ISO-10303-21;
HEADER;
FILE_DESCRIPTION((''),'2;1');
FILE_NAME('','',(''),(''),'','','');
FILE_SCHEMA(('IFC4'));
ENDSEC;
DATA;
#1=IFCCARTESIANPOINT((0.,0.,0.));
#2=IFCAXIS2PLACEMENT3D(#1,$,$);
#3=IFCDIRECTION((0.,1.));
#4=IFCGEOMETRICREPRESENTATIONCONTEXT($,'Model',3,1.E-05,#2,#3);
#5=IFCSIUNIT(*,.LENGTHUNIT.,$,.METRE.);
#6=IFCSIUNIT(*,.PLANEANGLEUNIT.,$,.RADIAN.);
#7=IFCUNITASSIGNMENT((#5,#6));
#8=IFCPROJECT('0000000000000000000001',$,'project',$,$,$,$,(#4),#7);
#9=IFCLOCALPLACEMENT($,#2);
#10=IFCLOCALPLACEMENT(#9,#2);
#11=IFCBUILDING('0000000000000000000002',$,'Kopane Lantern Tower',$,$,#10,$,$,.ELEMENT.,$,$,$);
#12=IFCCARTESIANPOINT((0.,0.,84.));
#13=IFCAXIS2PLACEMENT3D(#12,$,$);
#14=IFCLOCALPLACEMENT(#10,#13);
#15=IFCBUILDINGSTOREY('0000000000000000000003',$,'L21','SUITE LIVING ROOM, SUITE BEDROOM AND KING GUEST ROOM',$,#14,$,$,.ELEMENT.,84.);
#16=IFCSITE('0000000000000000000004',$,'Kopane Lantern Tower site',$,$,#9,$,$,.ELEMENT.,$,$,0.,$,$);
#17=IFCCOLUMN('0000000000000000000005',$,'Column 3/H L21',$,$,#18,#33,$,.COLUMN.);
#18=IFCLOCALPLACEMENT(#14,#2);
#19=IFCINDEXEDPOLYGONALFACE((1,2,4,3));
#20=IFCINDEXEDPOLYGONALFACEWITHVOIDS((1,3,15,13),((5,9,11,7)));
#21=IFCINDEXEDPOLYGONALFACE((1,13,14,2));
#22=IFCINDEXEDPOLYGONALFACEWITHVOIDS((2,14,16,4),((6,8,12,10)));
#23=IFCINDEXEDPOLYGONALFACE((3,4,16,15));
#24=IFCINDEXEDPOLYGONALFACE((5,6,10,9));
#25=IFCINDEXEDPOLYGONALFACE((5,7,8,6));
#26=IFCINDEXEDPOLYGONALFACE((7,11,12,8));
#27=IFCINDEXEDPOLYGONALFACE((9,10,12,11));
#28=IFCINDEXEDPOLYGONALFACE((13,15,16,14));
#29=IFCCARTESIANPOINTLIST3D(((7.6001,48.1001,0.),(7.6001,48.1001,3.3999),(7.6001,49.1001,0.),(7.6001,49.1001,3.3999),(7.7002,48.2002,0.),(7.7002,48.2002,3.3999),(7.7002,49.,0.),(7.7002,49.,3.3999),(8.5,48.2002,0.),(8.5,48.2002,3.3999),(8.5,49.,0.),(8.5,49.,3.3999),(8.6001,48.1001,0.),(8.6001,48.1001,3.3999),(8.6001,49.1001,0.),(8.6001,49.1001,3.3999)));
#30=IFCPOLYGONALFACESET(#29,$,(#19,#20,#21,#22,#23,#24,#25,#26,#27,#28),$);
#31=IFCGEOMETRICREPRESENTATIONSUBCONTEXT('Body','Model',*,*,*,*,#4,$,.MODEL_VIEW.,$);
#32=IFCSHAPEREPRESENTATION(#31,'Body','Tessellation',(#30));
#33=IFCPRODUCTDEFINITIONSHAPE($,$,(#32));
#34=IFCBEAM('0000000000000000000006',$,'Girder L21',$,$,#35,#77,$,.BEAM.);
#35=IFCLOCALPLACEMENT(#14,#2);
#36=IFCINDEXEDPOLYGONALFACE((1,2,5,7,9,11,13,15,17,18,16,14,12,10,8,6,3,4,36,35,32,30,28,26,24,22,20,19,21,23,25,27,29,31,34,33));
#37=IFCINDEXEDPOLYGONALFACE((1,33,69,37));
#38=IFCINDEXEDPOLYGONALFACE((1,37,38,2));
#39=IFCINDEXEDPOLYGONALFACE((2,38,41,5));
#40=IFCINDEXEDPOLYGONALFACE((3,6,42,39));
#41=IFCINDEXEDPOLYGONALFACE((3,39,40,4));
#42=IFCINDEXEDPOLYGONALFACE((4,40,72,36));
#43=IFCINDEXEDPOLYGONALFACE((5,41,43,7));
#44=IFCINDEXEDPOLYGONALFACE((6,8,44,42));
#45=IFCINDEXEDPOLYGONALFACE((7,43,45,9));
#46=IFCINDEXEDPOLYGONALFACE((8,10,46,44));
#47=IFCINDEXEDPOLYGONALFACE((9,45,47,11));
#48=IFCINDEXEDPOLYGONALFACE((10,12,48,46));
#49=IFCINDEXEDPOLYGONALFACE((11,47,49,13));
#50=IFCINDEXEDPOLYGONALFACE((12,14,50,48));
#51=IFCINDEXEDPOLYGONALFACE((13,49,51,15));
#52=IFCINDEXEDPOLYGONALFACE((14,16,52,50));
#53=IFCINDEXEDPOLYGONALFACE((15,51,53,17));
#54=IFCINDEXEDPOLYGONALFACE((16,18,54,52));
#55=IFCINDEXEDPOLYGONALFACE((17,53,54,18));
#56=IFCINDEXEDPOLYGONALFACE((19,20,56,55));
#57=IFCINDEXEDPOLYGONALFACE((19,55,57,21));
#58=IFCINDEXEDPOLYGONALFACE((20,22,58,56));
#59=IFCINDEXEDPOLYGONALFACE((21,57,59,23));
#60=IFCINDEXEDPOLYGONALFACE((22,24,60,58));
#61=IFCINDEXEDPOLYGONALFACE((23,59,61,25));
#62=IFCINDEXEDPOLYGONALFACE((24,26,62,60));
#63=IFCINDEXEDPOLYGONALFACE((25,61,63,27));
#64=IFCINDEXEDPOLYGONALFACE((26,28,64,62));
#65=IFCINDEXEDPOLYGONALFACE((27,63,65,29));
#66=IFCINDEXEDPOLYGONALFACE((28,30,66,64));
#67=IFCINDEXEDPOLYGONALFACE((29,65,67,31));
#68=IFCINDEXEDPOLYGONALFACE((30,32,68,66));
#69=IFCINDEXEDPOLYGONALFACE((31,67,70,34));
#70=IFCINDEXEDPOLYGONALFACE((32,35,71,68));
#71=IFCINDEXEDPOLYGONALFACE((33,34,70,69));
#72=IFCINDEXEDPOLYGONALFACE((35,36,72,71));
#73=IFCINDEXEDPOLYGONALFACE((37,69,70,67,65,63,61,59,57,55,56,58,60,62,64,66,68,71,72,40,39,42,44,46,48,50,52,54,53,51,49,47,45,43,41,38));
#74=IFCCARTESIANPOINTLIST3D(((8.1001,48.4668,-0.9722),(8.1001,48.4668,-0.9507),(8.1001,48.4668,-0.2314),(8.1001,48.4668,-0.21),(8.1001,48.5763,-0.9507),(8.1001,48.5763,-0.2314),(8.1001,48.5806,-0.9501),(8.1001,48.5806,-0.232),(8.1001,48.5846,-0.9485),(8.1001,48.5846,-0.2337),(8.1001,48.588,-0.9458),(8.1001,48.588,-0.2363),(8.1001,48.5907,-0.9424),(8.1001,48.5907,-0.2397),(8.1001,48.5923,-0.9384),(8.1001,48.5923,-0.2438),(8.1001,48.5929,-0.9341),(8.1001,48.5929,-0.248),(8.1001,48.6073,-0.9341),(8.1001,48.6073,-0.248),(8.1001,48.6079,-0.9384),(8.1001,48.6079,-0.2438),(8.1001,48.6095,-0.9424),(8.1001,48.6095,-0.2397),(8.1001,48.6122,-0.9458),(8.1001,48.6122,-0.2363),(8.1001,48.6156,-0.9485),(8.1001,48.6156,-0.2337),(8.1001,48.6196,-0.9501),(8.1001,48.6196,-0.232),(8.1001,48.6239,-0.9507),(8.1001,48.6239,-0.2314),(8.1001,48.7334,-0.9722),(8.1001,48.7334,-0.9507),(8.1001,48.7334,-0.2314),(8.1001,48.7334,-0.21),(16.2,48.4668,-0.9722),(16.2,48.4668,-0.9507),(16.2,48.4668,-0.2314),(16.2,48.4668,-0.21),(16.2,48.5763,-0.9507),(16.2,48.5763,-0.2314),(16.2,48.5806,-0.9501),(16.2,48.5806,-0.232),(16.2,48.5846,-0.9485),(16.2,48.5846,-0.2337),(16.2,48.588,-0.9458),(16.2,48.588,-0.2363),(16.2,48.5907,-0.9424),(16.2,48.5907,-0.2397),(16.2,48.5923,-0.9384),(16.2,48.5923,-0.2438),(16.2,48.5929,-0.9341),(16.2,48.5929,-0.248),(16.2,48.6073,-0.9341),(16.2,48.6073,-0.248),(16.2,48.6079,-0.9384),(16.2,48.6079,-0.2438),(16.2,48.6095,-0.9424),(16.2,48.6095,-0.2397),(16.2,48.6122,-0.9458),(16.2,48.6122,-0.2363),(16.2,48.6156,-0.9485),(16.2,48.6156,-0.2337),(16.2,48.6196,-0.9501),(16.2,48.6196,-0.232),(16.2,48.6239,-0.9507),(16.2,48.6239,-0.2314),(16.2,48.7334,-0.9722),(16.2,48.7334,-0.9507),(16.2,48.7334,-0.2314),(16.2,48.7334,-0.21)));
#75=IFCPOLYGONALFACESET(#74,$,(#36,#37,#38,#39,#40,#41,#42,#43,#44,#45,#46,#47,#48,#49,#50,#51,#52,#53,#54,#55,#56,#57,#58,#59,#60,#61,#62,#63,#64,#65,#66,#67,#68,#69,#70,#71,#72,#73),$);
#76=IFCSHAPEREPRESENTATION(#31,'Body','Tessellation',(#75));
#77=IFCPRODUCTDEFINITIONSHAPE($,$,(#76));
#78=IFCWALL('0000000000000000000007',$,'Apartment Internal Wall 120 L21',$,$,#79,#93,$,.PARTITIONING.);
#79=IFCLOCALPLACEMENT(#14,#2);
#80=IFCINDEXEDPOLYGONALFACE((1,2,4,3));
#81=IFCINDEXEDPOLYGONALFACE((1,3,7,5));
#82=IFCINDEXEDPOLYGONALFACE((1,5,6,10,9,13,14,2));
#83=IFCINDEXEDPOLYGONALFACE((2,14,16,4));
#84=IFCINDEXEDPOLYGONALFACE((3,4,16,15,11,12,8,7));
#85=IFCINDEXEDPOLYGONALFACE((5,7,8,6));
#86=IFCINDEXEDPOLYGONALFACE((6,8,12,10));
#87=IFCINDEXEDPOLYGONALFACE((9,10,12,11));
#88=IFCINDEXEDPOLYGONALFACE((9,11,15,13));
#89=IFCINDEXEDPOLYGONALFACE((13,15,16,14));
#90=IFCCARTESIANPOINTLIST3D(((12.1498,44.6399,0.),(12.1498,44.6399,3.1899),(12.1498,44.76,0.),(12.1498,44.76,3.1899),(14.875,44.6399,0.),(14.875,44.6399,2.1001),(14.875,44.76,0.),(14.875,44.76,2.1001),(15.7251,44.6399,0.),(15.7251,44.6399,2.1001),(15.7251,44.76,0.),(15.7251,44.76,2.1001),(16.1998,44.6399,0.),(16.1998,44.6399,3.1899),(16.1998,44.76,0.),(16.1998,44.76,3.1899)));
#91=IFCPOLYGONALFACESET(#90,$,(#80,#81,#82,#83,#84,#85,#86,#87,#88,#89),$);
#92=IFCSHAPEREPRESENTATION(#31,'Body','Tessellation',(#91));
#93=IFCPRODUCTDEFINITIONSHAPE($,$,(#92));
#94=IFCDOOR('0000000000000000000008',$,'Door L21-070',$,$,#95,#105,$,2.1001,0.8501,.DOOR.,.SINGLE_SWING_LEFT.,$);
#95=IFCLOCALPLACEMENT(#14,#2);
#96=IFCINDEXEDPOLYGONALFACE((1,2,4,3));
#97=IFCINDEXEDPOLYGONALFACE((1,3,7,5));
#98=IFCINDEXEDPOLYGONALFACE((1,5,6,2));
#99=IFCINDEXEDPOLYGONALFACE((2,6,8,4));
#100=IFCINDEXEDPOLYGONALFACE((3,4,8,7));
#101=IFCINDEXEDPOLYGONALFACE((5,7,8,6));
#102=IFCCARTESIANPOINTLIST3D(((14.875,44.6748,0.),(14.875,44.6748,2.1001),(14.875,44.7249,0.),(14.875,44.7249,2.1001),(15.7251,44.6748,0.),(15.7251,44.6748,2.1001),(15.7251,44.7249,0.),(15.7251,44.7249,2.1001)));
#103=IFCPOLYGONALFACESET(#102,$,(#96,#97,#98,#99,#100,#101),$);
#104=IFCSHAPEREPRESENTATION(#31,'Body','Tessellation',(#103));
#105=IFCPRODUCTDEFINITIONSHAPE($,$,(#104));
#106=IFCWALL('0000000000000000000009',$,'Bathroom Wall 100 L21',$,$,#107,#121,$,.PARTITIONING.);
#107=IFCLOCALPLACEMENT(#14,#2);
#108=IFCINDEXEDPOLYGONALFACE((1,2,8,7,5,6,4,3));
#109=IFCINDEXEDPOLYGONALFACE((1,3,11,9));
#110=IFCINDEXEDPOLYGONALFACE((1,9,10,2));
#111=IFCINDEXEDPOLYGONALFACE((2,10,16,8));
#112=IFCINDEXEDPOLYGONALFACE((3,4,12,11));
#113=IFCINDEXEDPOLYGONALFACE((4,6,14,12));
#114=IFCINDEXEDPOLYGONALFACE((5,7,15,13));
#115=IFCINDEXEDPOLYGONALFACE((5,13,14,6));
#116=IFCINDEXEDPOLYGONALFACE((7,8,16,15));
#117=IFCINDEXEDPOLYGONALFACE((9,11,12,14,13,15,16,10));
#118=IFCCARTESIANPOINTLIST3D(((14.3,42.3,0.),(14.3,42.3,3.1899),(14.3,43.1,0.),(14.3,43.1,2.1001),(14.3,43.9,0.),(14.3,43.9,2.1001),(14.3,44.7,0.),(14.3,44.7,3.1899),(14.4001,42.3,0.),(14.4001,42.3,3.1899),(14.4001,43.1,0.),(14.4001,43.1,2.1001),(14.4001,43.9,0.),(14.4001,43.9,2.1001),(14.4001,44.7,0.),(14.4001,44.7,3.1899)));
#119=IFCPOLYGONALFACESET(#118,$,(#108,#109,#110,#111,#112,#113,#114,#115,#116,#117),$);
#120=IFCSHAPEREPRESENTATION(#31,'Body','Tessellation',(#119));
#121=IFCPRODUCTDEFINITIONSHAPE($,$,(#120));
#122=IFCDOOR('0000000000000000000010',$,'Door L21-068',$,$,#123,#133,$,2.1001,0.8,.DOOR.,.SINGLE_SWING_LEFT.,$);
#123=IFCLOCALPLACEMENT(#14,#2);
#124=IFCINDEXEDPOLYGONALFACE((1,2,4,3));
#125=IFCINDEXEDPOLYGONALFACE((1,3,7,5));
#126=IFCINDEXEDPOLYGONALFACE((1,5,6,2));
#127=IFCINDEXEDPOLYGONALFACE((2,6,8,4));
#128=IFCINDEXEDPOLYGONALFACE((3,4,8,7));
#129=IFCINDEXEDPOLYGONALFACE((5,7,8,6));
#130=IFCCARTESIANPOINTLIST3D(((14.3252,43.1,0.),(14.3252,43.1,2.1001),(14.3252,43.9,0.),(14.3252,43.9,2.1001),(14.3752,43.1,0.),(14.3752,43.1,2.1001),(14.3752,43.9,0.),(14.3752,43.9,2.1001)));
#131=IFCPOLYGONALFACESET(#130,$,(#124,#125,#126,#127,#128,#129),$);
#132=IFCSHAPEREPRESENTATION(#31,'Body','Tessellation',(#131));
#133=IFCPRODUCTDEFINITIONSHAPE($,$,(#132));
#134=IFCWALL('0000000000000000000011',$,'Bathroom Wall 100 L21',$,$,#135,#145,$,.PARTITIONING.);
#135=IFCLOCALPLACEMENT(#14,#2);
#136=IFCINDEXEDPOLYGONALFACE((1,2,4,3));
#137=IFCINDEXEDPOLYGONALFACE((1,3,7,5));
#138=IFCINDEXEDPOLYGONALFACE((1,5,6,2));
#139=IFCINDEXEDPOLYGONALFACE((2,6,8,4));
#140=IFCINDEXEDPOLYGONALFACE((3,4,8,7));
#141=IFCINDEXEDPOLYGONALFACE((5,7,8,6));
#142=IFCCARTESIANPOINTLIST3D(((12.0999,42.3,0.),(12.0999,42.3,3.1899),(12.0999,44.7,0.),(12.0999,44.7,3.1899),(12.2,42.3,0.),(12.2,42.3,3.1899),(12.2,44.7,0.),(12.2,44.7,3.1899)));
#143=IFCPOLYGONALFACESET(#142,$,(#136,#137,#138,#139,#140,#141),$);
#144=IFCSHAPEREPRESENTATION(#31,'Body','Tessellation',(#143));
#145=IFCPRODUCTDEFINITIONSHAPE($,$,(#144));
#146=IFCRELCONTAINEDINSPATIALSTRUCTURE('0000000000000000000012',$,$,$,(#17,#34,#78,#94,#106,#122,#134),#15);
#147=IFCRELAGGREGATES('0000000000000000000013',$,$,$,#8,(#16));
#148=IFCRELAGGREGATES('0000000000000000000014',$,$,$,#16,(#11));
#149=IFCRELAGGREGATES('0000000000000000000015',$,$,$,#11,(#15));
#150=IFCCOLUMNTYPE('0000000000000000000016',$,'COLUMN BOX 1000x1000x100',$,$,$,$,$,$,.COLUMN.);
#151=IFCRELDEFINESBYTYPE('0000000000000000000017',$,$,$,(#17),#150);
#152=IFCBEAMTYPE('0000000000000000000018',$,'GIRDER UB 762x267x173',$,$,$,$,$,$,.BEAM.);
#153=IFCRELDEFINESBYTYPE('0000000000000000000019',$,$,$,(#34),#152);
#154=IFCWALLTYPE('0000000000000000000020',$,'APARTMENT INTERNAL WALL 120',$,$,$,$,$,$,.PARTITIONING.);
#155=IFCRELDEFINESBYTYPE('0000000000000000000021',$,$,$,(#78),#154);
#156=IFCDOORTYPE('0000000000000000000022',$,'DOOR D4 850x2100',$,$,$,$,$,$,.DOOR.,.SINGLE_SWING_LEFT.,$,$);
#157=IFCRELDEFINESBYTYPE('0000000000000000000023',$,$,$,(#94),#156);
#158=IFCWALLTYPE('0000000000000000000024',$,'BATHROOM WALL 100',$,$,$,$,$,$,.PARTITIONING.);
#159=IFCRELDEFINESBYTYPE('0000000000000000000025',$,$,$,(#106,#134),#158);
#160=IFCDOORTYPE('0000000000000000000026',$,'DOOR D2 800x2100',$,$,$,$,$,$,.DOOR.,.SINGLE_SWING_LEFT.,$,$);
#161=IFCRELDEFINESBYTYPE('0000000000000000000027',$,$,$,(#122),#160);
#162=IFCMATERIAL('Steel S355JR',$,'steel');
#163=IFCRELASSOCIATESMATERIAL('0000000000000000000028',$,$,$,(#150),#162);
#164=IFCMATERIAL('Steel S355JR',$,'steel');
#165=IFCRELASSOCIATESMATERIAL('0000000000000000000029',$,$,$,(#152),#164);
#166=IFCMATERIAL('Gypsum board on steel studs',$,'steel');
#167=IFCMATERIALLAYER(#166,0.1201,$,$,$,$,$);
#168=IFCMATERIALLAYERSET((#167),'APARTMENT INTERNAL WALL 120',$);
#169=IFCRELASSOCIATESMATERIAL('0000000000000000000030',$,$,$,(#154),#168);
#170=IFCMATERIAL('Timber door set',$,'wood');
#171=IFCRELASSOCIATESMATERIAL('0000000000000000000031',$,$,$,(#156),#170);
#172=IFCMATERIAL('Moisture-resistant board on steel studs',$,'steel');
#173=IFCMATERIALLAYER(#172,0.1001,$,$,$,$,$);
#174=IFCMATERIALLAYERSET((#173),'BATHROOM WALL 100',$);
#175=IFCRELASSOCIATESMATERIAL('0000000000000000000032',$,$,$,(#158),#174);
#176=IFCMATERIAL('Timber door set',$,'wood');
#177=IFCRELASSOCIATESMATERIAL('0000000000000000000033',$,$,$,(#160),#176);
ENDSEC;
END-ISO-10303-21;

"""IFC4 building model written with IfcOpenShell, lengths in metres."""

from ifc_helpers import new_model, si_unit, direction, frame, frame_2d, origin, origin_2d, place, context, subcontext, project, spatial, rectangle, hollow_rectangle, i_section, extrude, material, layer, layer_set, material_profile, profile_set, type_object, element, fill, save


model = new_model("IFC4")

# Units and contexts
model_context = context("Model", 3, precision=1e-05, world=origin(), true_north=direction((0.0, 1.0)))
body_context = subcontext(model_context, "Body", "Model", "MODEL_VIEW")
ifc_project = project(units=[si_unit("LENGTHUNIT", "METRE"), si_unit("PLANEANGLEUNIT", "RADIAN")], contexts=[model_context])

# Site, building, storey
site_placement = place(None, origin())
site = spatial("IfcSite", under=ifc_project, at=site_placement, Name="Kopane Lantern Tower site", CompositionType="ELEMENT", RefElevation=0.0)
building_placement = place(site_placement, origin())
building = spatial("IfcBuilding", under=site, at=building_placement, Name="Kopane Lantern Tower", CompositionType="ELEMENT")
storey_placement = place(building_placement, frame((0.0, 0.0, 84.0)))
storey = spatial("IfcBuildingStorey", under=building, at=storey_placement, Name="L21", Description="SUITE LIVING ROOM, SUITE BEDROOM AND KING GUEST ROOM", CompositionType="ELEMENT", Elevation=84.0)

# Column
ifc_material_1 = material(Name="Steel S355JR", Category="steel")
ifc_material_profile_1 = material_profile(ifc_material_1, hollow_rectangle(XDim=1.0, YDim=1.0, WallThickness=0.1001, at=origin_2d()), Name="BOX 1000x1000x100")
ifc_profile_set_1 = profile_set([ifc_material_profile_1], Name="Steel S355JR")
column_type = type_object("IfcColumnType", Name="COLUMN BOX 1000x1000x100", PredefinedType="COLUMN", material=ifc_profile_set_1)
column_placement = place(storey_placement, frame((8.1001, 48.6001, 0.0), z_axis=(0.0, 0.0, 1.0), x_axis=(1.0, 0.0, 0.0)))
element("IfcColumn", 1, at=column_placement, inside=storey, type_object=column_type, Name="Column 3/H L21", PredefinedType="COLUMN", context=body_context, shape_type="SweptSolid", body=[
    extrude(hollow_rectangle(XDim=1.0, YDim=1.0, WallThickness=0.1001, at=origin_2d()), origin(), (0.0, 0.0, 1.0), 3.3999),
])

# Beam
ifc_material_2 = material(Name="Steel S355JR", Category="steel")
ifc_material_profile_2 = material_profile(ifc_material_2, i_section(OverallWidth=0.2666, OverallDepth=0.7622, WebThickness=0.0144, FlangeThickness=0.0215, FilletRadius=0.0166, at=origin_2d()), Name="UB 762x267x173")
ifc_profile_set_2 = profile_set([ifc_material_profile_2], Name="Steel S355JR")
beam_type = type_object("IfcBeamType", Name="GIRDER UB 762x267x173", PredefinedType="BEAM", material=ifc_profile_set_2)
beam_placement = place(storey_placement, frame((8.1001, 48.6001, -0.5911), z_axis=(1.0, 0.0, 0.0), x_axis=(0.0, 1.0, 0.0)))
element("IfcBeam", 2, at=beam_placement, inside=storey, type_object=beam_type, Name="Girder L21", PredefinedType="BEAM", context=body_context, shape_type="SweptSolid", body=[
    extrude(i_section(OverallWidth=0.2666, OverallDepth=0.7622, WebThickness=0.0144, FlangeThickness=0.0215, FilletRadius=0.0166, at=origin_2d()), origin(), (0.0, 0.0, 1.0), 8.0999),
])

# Walls, openings, doors
ifc_material_3 = material(Name="Gypsum board on steel studs", Category="steel")
ifc_layer_1 = layer(ifc_material_3, 0.1201)
ifc_layer_set_1 = layer_set([ifc_layer_1], Name="APARTMENT INTERNAL WALL 120")
wall_type_1 = type_object("IfcWallType", Name="APARTMENT INTERNAL WALL 120", PredefinedType="PARTITIONING", material=ifc_layer_set_1)
wall_1_placement = place(storey_placement, frame((12.1499, 44.7, 0.0), z_axis=(0.0, 0.0, 1.0), x_axis=(1.0, 0.0, 0.0)))
wall_1 = element("IfcWall", 3, at=wall_1_placement, inside=storey, type_object=wall_type_1, Name="Apartment Internal Wall 120 L21", PredefinedType="PARTITIONING", context=body_context, shape_type="SweptSolid", body=[
    extrude(rectangle(XDim=4.05, YDim=0.1201, at=frame_2d((2.0249, 0.0))), origin(), (0.0, 0.0, 1.0), 3.1899),
])
opening_1_placement = place(wall_1_placement, frame((2.7251, 0.0, 0.0)))
opening_1 = element("IfcOpeningElement", 4, at=opening_1_placement, cuts=wall_1, PredefinedType="OPENING", context=body_context, shape_type="SweptSolid", body=[
    extrude(rectangle(XDim=0.8501, YDim=2.1001, at=frame_2d((0.425, 1.05))), frame((0.0, 0.0701, 0.0), z_axis=(0.0, -1.0, 0.0), x_axis=(1.0, 0.0, 0.0)), (0.0, 0.0, 1.0), 0.1401),
])
ifc_material_4 = material(Name="Timber door set", Category="wood")
door_type_1 = type_object("IfcDoorType", Name="DOOR D4 850x2100", OperationType="SINGLE_SWING_LEFT", PredefinedType="DOOR", material=ifc_material_4)
door_1_placement = place(opening_1_placement, origin())
door_1 = element("IfcDoor", 5, at=door_1_placement, inside=storey, type_object=door_type_1, Name="Door L21-070", OperationType="SINGLE_SWING_LEFT", OverallHeight=2.1001, OverallWidth=0.8501, PredefinedType="DOOR", context=body_context, shape_type="SweptSolid", body=[
    extrude(rectangle(XDim=0.8501, YDim=2.1001, at=frame_2d((0.425, 1.05))), frame((0.0, 0.0249, 0.0), z_axis=(0.0, -1.0, 0.0), x_axis=(1.0, 0.0, 0.0)), (0.0, 0.0, 1.0), 0.05),
])
fill(opening_1, door_1)
ifc_material_5 = material(Name="Moisture-resistant board on steel studs", Category="steel")
ifc_layer_2 = layer(ifc_material_5, 0.1001)
ifc_layer_set_2 = layer_set([ifc_layer_2], Name="BATHROOM WALL 100")
wall_type_2 = type_object("IfcWallType", Name="BATHROOM WALL 100", PredefinedType="PARTITIONING", material=ifc_layer_set_2)
wall_2_placement = place(storey_placement, frame((14.3501, 42.3, 0.0), z_axis=(0.0, 0.0, 1.0), x_axis=(0.0, 1.0, 0.0)))
wall_2 = element("IfcWall", 6, at=wall_2_placement, inside=storey, type_object=wall_type_2, Name="Bathroom Wall 100 L21", PredefinedType="PARTITIONING", context=body_context, shape_type="SweptSolid", body=[
    extrude(rectangle(XDim=2.3999, YDim=0.1001, at=frame_2d((1.2, 0.0))), origin(), (0.0, 0.0, 1.0), 3.1899),
])
opening_2_placement = place(wall_2_placement, frame((0.8, 0.0, 0.0)))
opening_2 = element("IfcOpeningElement", 7, at=opening_2_placement, cuts=wall_2, PredefinedType="OPENING", context=body_context, shape_type="SweptSolid", body=[
    extrude(rectangle(XDim=0.8, YDim=2.1001, at=frame_2d((0.3999, 1.05))), frame((0.0, 0.0601, 0.0), z_axis=(0.0, -1.0, 0.0), x_axis=(1.0, 0.0, 0.0)), (0.0, 0.0, 1.0), 0.1201),
])
ifc_material_6 = material(Name="Timber door set", Category="wood")
door_type_2 = type_object("IfcDoorType", Name="DOOR D2 800x2100", OperationType="SINGLE_SWING_LEFT", PredefinedType="DOOR", material=ifc_material_6)
door_2_placement = place(opening_2_placement, origin())
door_2 = element("IfcDoor", 8, at=door_2_placement, inside=storey, type_object=door_type_2, Name="Door L21-068", OperationType="SINGLE_SWING_LEFT", OverallHeight=2.1001, OverallWidth=0.8, PredefinedType="DOOR", context=body_context, shape_type="SweptSolid", body=[
    extrude(rectangle(XDim=0.8, YDim=2.1001, at=frame_2d((0.3999, 1.05))), frame((0.0, 0.0249, 0.0), z_axis=(0.0, -1.0, 0.0), x_axis=(1.0, 0.0, 0.0)), (0.0, 0.0, 1.0), 0.05),
])
fill(opening_2, door_2)

# Wall
wall_3_placement = place(storey_placement, frame((12.1499, 42.3, 0.0), z_axis=(0.0, 0.0, 1.0), x_axis=(0.0, 1.0, 0.0)))
element("IfcWall", 9, at=wall_3_placement, inside=storey, type_object=wall_type_2, Name="Bathroom Wall 100 L21", PredefinedType="PARTITIONING", context=body_context, shape_type="SweptSolid", body=[
    extrude(rectangle(XDim=2.3999, YDim=0.1001, at=frame_2d((1.2, 0.0))), origin(), (0.0, 0.0, 1.0), 3.1899),
])

save(model, "model.ifc")
